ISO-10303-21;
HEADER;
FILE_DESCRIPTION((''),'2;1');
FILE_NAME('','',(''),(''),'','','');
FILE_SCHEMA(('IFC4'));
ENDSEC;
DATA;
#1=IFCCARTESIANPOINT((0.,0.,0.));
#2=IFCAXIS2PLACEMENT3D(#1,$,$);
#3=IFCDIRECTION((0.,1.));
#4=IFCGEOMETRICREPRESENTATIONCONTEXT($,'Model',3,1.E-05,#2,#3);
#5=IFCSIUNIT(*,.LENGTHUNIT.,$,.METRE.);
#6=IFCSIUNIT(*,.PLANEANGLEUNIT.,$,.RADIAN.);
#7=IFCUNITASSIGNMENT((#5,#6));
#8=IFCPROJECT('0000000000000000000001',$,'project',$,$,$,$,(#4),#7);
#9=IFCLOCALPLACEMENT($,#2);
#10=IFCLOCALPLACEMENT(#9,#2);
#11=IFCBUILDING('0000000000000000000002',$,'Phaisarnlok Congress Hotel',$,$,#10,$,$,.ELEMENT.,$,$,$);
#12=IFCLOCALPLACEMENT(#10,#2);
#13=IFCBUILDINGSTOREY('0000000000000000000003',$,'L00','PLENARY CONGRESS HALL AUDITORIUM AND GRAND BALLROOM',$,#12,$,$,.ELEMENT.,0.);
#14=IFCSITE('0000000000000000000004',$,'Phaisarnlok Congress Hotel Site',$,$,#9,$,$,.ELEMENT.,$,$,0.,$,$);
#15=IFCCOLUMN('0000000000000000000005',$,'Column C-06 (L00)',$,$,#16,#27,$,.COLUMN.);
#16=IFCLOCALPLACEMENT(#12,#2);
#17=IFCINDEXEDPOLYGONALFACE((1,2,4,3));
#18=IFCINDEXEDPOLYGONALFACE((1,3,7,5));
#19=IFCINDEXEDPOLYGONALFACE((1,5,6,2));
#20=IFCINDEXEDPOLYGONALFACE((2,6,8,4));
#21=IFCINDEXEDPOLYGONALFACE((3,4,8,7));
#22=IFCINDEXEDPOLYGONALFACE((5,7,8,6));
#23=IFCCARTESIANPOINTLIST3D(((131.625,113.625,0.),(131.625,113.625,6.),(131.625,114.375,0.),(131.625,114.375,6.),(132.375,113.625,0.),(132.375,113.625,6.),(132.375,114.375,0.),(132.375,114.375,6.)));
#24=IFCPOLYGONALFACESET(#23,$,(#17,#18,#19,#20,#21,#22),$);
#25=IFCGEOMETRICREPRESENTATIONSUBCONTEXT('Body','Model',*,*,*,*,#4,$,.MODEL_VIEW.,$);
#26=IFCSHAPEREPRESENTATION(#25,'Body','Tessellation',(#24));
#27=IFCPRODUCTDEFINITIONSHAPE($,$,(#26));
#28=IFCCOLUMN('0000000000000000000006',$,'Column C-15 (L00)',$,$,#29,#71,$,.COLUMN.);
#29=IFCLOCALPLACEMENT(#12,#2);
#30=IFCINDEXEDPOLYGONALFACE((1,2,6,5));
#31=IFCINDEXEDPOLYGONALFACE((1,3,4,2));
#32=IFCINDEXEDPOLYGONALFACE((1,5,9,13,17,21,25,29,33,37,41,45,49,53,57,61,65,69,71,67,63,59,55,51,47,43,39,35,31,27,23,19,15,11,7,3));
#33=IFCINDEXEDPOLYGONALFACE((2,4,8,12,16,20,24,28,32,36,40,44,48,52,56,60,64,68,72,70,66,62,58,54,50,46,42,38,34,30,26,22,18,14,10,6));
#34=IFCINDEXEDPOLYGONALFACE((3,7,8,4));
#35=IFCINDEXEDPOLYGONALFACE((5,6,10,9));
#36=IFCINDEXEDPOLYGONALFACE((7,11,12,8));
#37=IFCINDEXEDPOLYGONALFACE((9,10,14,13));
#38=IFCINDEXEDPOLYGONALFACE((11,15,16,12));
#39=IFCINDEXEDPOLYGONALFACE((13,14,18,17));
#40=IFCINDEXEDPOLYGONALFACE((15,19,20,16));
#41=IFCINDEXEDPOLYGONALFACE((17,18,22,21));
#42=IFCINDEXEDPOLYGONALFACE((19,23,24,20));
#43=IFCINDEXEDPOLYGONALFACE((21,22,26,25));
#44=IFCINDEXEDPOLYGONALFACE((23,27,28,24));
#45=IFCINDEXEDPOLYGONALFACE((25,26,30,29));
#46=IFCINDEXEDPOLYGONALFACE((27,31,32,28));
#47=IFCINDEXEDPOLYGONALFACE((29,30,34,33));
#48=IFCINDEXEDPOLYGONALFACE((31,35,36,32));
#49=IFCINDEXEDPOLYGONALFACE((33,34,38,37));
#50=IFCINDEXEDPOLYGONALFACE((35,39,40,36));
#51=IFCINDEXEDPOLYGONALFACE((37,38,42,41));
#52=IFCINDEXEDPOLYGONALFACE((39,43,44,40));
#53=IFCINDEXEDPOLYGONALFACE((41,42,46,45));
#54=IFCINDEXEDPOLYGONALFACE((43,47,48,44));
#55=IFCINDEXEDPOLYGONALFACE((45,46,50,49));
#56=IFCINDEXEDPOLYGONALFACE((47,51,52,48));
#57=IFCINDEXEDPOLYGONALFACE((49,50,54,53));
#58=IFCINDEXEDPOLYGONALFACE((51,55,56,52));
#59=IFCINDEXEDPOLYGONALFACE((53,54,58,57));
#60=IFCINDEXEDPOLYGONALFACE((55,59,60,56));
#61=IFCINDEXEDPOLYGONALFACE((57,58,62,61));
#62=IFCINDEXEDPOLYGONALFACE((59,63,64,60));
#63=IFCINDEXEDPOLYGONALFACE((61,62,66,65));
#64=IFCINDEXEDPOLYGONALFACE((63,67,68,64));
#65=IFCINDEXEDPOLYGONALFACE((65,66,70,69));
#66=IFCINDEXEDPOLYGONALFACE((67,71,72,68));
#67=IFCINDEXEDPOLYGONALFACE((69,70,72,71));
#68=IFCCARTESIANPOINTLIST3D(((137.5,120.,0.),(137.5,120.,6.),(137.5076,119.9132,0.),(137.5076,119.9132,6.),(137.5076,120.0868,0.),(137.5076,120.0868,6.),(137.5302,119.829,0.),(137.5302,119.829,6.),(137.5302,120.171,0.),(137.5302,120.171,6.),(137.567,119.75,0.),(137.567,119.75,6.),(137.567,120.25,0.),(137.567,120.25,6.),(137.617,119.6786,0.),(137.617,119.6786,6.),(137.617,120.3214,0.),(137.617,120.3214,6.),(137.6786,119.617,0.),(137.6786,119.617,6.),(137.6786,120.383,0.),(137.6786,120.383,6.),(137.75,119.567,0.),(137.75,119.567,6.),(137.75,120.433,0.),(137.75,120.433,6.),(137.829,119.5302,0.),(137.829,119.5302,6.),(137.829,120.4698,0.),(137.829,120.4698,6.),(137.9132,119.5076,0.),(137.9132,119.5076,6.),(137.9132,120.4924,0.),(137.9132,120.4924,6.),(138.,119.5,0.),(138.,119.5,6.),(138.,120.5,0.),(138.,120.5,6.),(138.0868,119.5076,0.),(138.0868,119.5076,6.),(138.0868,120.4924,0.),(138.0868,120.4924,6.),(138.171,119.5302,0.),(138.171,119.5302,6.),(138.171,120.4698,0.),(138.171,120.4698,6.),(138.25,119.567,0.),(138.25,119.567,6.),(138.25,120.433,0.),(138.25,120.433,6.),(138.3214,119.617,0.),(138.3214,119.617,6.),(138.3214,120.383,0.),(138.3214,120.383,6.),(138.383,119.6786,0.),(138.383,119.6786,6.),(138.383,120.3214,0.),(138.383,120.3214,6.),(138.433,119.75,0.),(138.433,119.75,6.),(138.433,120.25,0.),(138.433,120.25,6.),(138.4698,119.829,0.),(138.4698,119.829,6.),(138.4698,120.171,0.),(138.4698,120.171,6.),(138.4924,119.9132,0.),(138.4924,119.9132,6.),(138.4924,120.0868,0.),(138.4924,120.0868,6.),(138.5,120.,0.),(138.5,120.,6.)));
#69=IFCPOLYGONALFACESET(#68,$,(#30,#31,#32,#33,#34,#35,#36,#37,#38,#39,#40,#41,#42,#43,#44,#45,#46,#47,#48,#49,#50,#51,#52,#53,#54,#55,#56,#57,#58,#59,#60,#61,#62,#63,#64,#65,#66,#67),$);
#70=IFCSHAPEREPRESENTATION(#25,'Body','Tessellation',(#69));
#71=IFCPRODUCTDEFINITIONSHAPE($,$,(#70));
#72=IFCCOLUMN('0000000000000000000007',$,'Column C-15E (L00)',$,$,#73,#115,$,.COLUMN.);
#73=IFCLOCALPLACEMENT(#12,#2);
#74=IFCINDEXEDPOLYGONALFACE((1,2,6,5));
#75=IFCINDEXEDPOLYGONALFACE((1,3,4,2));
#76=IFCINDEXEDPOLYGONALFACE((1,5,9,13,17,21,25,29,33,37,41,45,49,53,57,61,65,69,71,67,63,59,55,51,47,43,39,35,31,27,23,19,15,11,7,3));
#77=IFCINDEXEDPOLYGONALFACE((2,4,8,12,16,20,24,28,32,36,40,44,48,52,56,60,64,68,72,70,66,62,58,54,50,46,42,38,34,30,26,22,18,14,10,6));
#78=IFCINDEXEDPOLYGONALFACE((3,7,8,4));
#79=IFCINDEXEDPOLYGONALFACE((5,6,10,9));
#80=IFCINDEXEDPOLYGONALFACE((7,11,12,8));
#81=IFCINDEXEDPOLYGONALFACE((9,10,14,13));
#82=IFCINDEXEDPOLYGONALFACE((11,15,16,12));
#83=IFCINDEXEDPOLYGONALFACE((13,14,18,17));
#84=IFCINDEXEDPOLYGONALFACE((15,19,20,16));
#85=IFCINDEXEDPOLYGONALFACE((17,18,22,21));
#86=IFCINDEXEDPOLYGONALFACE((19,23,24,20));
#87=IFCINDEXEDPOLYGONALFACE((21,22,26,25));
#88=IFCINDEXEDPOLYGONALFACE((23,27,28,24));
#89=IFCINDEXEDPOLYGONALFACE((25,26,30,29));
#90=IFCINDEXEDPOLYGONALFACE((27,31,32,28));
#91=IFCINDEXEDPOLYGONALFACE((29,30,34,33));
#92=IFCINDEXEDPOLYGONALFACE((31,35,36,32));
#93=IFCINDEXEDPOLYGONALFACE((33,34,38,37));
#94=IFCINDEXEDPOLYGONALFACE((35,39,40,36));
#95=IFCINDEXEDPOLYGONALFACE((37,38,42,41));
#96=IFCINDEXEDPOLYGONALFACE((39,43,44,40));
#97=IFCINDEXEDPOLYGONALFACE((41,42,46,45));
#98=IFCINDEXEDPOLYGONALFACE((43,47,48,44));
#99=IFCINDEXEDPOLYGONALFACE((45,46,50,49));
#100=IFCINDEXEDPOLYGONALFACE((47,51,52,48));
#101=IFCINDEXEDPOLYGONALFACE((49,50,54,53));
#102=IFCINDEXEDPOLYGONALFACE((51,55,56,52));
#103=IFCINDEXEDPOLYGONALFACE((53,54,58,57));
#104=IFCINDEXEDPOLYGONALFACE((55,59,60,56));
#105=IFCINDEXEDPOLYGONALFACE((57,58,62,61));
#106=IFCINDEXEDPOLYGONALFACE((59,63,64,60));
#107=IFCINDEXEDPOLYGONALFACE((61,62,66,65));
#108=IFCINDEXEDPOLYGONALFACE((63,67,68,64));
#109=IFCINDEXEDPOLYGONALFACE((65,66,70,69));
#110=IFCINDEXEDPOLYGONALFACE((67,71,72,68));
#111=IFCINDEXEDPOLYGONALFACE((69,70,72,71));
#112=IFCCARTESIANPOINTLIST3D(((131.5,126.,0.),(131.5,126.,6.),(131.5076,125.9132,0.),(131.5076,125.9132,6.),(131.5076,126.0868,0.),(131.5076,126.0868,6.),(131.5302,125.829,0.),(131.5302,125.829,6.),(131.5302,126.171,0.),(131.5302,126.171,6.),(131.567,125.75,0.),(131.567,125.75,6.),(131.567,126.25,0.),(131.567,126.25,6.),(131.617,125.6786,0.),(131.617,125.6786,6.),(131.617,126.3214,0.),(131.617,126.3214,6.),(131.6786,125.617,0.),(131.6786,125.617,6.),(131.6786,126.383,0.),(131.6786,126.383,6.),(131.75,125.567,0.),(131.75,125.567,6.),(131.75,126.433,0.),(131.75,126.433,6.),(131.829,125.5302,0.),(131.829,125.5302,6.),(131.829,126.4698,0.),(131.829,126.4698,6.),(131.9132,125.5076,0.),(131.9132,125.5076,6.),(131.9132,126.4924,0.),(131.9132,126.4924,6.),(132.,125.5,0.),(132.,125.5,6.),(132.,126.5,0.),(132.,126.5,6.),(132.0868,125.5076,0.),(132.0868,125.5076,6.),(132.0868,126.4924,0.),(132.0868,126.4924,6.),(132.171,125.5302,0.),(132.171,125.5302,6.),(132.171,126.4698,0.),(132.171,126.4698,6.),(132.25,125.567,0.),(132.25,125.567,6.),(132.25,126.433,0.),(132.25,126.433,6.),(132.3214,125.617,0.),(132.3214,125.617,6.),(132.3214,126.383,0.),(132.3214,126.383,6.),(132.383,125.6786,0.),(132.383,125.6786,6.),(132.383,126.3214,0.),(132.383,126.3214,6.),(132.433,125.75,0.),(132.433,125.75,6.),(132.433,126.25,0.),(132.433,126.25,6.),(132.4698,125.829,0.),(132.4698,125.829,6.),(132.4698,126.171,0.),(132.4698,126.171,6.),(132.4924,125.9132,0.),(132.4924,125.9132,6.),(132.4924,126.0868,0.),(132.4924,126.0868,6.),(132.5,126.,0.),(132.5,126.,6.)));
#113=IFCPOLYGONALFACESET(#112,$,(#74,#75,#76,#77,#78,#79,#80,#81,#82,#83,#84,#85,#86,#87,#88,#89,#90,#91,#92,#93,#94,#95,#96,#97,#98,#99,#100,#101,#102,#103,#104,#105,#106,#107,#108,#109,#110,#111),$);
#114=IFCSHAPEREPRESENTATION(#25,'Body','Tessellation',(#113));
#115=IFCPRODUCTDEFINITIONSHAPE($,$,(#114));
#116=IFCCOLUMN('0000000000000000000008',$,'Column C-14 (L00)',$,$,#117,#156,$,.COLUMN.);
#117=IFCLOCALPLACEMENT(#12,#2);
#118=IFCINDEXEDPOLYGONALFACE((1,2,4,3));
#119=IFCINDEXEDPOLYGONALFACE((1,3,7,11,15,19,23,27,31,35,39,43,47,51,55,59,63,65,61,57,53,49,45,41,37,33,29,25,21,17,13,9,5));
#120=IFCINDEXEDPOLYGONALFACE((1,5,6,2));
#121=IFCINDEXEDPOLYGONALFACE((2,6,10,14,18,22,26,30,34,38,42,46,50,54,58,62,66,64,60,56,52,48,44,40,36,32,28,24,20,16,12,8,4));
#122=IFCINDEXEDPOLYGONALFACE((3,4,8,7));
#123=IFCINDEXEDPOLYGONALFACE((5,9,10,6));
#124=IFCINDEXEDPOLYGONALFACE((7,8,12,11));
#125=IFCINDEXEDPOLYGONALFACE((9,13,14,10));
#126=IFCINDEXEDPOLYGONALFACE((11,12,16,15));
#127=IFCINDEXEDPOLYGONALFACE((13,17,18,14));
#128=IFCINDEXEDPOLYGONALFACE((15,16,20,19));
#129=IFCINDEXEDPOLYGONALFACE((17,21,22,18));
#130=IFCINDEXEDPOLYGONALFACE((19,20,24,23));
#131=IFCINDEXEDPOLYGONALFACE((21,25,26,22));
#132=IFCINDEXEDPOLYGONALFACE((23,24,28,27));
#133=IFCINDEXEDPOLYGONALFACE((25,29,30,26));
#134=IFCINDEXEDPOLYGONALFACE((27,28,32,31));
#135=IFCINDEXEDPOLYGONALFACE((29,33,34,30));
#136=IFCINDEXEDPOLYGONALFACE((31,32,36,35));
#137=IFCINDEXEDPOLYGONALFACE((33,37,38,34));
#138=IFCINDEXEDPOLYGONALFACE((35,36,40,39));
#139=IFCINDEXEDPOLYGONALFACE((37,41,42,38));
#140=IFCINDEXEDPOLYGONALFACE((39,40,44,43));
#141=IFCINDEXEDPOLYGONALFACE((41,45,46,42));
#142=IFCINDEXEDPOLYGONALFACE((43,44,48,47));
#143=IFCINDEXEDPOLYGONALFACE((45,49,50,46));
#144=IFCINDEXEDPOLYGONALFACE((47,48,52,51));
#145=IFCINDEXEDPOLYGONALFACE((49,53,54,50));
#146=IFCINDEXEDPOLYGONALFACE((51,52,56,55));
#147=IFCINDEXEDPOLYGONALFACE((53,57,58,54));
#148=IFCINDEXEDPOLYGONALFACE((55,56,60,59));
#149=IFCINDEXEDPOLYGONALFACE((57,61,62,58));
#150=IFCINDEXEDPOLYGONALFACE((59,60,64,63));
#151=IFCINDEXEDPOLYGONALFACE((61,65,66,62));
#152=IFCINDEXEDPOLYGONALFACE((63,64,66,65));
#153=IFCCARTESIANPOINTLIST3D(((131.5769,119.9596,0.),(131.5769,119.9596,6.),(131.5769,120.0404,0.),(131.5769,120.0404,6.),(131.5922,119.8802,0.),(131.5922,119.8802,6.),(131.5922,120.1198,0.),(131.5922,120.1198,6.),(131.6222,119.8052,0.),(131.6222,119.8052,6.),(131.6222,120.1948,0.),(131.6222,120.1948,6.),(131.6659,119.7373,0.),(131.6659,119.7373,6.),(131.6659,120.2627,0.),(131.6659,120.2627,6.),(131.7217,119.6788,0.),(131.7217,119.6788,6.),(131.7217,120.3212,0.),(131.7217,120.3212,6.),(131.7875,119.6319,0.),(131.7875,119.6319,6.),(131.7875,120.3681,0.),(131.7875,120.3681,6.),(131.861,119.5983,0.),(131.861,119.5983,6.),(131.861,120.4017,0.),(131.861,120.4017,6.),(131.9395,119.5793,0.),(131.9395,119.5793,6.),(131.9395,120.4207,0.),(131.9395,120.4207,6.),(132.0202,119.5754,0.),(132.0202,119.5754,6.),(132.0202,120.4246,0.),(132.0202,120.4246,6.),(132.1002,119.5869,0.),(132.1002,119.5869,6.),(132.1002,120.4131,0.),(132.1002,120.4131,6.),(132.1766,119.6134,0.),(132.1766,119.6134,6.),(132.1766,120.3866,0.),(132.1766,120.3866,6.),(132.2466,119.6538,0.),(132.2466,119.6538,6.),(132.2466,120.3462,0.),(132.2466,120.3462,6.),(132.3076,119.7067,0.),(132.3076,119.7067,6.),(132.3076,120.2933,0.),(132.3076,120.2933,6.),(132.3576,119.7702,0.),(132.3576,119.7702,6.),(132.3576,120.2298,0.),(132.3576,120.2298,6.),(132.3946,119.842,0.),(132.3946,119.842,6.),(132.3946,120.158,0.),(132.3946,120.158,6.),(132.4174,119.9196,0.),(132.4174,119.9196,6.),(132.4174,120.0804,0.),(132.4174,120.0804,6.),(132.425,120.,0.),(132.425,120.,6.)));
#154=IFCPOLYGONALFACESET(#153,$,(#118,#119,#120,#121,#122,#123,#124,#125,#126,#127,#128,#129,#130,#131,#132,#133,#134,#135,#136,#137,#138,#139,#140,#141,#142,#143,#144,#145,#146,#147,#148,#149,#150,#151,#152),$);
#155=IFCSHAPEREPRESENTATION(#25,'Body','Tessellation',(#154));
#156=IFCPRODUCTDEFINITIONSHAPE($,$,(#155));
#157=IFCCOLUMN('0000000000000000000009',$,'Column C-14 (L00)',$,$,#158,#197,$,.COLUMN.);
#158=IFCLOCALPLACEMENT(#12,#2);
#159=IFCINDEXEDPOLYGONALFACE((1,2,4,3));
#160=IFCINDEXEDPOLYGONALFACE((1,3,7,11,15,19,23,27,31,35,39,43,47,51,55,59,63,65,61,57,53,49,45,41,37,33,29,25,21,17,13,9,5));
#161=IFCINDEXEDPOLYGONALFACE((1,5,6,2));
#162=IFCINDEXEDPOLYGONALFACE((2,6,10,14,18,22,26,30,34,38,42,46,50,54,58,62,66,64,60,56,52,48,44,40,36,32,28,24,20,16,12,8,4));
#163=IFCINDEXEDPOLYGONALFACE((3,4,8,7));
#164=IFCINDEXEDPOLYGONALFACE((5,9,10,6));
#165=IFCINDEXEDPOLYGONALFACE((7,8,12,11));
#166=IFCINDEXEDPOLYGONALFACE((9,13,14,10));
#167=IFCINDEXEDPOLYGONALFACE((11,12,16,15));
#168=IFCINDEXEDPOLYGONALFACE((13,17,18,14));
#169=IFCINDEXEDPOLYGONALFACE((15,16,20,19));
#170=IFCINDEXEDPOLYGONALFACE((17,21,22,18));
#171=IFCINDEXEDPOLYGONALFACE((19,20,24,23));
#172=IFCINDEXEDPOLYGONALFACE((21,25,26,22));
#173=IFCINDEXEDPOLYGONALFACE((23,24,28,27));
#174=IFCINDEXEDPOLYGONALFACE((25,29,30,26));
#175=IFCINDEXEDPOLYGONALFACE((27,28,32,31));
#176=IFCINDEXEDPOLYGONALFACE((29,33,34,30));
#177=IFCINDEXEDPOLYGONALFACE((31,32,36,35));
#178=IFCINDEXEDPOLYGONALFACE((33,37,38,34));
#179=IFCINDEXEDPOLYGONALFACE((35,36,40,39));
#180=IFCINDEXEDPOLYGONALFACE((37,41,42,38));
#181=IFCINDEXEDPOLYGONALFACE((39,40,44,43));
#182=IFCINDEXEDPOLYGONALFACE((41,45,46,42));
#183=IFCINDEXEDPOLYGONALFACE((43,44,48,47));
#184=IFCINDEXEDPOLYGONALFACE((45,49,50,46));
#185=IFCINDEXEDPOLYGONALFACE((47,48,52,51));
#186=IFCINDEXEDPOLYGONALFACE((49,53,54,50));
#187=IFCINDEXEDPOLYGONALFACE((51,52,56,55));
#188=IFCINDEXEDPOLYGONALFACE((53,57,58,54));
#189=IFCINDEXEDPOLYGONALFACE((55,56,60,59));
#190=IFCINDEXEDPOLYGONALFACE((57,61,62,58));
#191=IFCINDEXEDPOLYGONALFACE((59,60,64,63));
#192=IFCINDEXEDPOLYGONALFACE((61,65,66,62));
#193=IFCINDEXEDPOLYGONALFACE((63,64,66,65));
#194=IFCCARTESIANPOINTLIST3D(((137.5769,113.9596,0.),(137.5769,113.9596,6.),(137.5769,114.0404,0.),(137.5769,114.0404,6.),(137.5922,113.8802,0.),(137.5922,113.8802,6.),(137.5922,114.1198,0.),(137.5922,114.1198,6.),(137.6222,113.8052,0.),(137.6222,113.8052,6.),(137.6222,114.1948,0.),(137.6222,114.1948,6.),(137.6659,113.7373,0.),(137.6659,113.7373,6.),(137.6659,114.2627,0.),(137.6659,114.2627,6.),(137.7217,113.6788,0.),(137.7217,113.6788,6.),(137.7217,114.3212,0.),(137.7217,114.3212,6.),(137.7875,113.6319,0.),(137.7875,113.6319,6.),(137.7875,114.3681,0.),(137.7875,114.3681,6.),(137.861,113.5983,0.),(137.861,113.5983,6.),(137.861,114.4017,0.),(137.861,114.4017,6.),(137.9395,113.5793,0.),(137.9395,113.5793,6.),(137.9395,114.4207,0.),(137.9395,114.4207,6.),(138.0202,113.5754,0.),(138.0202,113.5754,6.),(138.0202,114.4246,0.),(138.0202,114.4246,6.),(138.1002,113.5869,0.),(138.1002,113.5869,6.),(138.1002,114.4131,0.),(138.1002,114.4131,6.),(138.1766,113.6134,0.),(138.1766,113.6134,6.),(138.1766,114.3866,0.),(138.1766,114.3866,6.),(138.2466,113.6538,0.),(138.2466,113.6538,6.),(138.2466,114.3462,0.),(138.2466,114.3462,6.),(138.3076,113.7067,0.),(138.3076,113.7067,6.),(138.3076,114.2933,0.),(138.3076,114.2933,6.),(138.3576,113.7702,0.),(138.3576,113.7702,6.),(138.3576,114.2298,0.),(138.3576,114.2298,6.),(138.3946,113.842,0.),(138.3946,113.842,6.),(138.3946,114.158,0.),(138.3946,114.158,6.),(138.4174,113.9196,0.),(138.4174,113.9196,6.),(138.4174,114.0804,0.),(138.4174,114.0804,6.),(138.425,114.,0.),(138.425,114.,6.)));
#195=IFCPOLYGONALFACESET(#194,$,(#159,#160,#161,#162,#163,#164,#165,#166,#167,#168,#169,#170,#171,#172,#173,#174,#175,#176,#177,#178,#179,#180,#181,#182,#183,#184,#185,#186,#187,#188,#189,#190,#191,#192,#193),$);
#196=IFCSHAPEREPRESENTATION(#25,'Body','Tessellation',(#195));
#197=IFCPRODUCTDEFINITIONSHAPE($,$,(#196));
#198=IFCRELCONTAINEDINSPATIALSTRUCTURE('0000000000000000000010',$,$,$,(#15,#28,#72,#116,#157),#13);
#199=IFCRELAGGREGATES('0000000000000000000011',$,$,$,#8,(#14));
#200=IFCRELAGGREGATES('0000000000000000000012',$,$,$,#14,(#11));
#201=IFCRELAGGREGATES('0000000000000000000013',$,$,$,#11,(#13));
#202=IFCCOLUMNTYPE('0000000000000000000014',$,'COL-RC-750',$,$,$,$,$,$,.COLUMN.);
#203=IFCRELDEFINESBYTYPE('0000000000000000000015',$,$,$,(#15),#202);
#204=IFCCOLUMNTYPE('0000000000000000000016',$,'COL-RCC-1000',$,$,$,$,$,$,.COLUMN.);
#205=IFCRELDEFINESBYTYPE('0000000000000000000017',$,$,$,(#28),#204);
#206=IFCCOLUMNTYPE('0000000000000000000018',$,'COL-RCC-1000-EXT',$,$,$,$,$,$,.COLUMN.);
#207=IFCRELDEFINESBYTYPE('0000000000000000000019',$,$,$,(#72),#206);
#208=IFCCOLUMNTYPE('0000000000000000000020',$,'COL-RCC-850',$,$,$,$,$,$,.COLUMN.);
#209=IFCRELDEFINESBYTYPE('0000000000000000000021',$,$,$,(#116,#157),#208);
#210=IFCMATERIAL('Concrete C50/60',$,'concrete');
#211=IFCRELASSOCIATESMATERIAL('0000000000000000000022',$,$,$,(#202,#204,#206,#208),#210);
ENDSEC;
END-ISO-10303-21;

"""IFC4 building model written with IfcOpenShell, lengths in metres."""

from ifc_helpers import new_model, si_unit, direction, frame, origin, origin_2d, place, context, subcontext, project, spatial, rectangle, circle, extrude, material, material_profile, profile_set, type_object, element, save


model = new_model("IFC4")

# Units and contexts
model_context = context("Model", 3, precision=1e-05, world=origin(), true_north=direction((0.0, 1.0)))
body_context = subcontext(model_context, "Body", "Model", "MODEL_VIEW")
ifc_project = project(units=[si_unit("LENGTHUNIT", "METRE"), si_unit("PLANEANGLEUNIT", "RADIAN")], contexts=[model_context])

# Site, building, storey
site_placement = place(None, origin())
site = spatial("IfcSite", under=ifc_project, at=site_placement, Name="Phaisarnlok Congress Hotel Site", CompositionType="ELEMENT", RefElevation=0.0)
building_placement = place(site_placement, origin())
building = spatial("IfcBuilding", under=site, at=building_placement, Name="Phaisarnlok Congress Hotel", CompositionType="ELEMENT")
storey_placement = place(building_placement, origin())
storey = spatial("IfcBuildingStorey", under=building, at=storey_placement, Name="L00", Description="PLENARY CONGRESS HALL AUDITORIUM AND GRAND BALLROOM", CompositionType="ELEMENT", Elevation=0.0)

# Columns
ifc_material_1 = material(Name="Concrete C50/60", Category="concrete")
ifc_material_profile_1 = material_profile(ifc_material_1, rectangle(XDim=0.75, YDim=0.75, at=origin_2d()), Name="RC 750x750")
ifc_profile_set_1 = profile_set([ifc_material_profile_1], Name="Concrete C50/60")
column_type_1 = type_object("IfcColumnType", Name="COL-RC-750", PredefinedType="COLUMN", material=ifc_profile_set_1)
column_1_placement = place(storey_placement, frame((132.0, 114.0, 0.0), z_axis=(0.0, 0.0, 1.0), x_axis=(1.0, 0.0, 0.0)))
element("IfcColumn", 1, at=column_1_placement, inside=storey, type_object=column_type_1, Name="Column C-06 (L00)", PredefinedType="COLUMN", context=body_context, shape_type="SweptSolid", body=[
    extrude(rectangle(XDim=0.75, YDim=0.75, at=origin_2d()), origin(), (0.0, 0.0, 1.0), 6.0),
])
ifc_material_profile_2 = material_profile(ifc_material_1, circle(Radius=0.5, at=origin_2d()), Name="RCC D1000")
ifc_profile_set_2 = profile_set([ifc_material_profile_2], Name="Concrete C50/60")
column_type_2 = type_object("IfcColumnType", Name="COL-RCC-1000", PredefinedType="COLUMN", material=ifc_profile_set_2)
column_2_placement = place(storey_placement, frame((138.0, 120.0, 0.0), z_axis=(0.0, 0.0, 1.0), x_axis=(1.0, 0.0, 0.0)))
element("IfcColumn", 2, at=column_2_placement, inside=storey, type_object=column_type_2, Name="Column C-15 (L00)", PredefinedType="COLUMN", context=body_context, shape_type="SweptSolid", body=[
    extrude(circle(Radius=0.5, at=origin_2d()), origin(), (0.0, 0.0, 1.0), 6.0),
])
ifc_material_profile_3 = material_profile(ifc_material_1, circle(Radius=0.5, at=origin_2d()), Name="RCC D1000")
ifc_profile_set_3 = profile_set([ifc_material_profile_3], Name="Concrete C50/60")
column_type_3 = type_object("IfcColumnType", Name="COL-RCC-1000-EXT", PredefinedType="COLUMN", material=ifc_profile_set_3)
column_3_placement = place(storey_placement, frame((132.0, 126.0, 0.0), z_axis=(0.0, 0.0, 1.0), x_axis=(1.0, 0.0, 0.0)))
element("IfcColumn", 3, at=column_3_placement, inside=storey, type_object=column_type_3, Name="Column C-15E (L00)", PredefinedType="COLUMN", context=body_context, shape_type="SweptSolid", body=[
    extrude(circle(Radius=0.5, at=origin_2d()), origin(), (0.0, 0.0, 1.0), 6.0),
])
ifc_material_profile_4 = material_profile(ifc_material_1, circle(Radius=0.425, at=origin_2d()), Name="RCC D850")
ifc_profile_set_4 = profile_set([ifc_material_profile_4], Name="Concrete C50/60")
column_type_4 = type_object("IfcColumnType", Name="COL-RCC-850", PredefinedType="COLUMN", material=ifc_profile_set_4)
for number, where, z_axis, x_axis, name in (
    (4, (132.0, 120.0, 0.0), (0.0, 0.0, 1.0), (1.0, 0.0, 0.0), "Column C-14 (L00)"),
    (5, (138.0, 114.0, 0.0), (0.0, 0.0, 1.0), (1.0, 0.0, 0.0), "Column C-14 (L00)"),
):
    element("IfcColumn", number, at=place(storey_placement, frame(where, z_axis=z_axis, x_axis=x_axis)), inside=storey, type_object=column_type_4, Name=name, PredefinedType="COLUMN", context=body_context, shape_type="SweptSolid", body=[
        extrude(circle(Radius=0.425, at=origin_2d()), origin(), (0.0, 0.0, 1.0), 6.0),
    ])

save(model, "model.ifc")
